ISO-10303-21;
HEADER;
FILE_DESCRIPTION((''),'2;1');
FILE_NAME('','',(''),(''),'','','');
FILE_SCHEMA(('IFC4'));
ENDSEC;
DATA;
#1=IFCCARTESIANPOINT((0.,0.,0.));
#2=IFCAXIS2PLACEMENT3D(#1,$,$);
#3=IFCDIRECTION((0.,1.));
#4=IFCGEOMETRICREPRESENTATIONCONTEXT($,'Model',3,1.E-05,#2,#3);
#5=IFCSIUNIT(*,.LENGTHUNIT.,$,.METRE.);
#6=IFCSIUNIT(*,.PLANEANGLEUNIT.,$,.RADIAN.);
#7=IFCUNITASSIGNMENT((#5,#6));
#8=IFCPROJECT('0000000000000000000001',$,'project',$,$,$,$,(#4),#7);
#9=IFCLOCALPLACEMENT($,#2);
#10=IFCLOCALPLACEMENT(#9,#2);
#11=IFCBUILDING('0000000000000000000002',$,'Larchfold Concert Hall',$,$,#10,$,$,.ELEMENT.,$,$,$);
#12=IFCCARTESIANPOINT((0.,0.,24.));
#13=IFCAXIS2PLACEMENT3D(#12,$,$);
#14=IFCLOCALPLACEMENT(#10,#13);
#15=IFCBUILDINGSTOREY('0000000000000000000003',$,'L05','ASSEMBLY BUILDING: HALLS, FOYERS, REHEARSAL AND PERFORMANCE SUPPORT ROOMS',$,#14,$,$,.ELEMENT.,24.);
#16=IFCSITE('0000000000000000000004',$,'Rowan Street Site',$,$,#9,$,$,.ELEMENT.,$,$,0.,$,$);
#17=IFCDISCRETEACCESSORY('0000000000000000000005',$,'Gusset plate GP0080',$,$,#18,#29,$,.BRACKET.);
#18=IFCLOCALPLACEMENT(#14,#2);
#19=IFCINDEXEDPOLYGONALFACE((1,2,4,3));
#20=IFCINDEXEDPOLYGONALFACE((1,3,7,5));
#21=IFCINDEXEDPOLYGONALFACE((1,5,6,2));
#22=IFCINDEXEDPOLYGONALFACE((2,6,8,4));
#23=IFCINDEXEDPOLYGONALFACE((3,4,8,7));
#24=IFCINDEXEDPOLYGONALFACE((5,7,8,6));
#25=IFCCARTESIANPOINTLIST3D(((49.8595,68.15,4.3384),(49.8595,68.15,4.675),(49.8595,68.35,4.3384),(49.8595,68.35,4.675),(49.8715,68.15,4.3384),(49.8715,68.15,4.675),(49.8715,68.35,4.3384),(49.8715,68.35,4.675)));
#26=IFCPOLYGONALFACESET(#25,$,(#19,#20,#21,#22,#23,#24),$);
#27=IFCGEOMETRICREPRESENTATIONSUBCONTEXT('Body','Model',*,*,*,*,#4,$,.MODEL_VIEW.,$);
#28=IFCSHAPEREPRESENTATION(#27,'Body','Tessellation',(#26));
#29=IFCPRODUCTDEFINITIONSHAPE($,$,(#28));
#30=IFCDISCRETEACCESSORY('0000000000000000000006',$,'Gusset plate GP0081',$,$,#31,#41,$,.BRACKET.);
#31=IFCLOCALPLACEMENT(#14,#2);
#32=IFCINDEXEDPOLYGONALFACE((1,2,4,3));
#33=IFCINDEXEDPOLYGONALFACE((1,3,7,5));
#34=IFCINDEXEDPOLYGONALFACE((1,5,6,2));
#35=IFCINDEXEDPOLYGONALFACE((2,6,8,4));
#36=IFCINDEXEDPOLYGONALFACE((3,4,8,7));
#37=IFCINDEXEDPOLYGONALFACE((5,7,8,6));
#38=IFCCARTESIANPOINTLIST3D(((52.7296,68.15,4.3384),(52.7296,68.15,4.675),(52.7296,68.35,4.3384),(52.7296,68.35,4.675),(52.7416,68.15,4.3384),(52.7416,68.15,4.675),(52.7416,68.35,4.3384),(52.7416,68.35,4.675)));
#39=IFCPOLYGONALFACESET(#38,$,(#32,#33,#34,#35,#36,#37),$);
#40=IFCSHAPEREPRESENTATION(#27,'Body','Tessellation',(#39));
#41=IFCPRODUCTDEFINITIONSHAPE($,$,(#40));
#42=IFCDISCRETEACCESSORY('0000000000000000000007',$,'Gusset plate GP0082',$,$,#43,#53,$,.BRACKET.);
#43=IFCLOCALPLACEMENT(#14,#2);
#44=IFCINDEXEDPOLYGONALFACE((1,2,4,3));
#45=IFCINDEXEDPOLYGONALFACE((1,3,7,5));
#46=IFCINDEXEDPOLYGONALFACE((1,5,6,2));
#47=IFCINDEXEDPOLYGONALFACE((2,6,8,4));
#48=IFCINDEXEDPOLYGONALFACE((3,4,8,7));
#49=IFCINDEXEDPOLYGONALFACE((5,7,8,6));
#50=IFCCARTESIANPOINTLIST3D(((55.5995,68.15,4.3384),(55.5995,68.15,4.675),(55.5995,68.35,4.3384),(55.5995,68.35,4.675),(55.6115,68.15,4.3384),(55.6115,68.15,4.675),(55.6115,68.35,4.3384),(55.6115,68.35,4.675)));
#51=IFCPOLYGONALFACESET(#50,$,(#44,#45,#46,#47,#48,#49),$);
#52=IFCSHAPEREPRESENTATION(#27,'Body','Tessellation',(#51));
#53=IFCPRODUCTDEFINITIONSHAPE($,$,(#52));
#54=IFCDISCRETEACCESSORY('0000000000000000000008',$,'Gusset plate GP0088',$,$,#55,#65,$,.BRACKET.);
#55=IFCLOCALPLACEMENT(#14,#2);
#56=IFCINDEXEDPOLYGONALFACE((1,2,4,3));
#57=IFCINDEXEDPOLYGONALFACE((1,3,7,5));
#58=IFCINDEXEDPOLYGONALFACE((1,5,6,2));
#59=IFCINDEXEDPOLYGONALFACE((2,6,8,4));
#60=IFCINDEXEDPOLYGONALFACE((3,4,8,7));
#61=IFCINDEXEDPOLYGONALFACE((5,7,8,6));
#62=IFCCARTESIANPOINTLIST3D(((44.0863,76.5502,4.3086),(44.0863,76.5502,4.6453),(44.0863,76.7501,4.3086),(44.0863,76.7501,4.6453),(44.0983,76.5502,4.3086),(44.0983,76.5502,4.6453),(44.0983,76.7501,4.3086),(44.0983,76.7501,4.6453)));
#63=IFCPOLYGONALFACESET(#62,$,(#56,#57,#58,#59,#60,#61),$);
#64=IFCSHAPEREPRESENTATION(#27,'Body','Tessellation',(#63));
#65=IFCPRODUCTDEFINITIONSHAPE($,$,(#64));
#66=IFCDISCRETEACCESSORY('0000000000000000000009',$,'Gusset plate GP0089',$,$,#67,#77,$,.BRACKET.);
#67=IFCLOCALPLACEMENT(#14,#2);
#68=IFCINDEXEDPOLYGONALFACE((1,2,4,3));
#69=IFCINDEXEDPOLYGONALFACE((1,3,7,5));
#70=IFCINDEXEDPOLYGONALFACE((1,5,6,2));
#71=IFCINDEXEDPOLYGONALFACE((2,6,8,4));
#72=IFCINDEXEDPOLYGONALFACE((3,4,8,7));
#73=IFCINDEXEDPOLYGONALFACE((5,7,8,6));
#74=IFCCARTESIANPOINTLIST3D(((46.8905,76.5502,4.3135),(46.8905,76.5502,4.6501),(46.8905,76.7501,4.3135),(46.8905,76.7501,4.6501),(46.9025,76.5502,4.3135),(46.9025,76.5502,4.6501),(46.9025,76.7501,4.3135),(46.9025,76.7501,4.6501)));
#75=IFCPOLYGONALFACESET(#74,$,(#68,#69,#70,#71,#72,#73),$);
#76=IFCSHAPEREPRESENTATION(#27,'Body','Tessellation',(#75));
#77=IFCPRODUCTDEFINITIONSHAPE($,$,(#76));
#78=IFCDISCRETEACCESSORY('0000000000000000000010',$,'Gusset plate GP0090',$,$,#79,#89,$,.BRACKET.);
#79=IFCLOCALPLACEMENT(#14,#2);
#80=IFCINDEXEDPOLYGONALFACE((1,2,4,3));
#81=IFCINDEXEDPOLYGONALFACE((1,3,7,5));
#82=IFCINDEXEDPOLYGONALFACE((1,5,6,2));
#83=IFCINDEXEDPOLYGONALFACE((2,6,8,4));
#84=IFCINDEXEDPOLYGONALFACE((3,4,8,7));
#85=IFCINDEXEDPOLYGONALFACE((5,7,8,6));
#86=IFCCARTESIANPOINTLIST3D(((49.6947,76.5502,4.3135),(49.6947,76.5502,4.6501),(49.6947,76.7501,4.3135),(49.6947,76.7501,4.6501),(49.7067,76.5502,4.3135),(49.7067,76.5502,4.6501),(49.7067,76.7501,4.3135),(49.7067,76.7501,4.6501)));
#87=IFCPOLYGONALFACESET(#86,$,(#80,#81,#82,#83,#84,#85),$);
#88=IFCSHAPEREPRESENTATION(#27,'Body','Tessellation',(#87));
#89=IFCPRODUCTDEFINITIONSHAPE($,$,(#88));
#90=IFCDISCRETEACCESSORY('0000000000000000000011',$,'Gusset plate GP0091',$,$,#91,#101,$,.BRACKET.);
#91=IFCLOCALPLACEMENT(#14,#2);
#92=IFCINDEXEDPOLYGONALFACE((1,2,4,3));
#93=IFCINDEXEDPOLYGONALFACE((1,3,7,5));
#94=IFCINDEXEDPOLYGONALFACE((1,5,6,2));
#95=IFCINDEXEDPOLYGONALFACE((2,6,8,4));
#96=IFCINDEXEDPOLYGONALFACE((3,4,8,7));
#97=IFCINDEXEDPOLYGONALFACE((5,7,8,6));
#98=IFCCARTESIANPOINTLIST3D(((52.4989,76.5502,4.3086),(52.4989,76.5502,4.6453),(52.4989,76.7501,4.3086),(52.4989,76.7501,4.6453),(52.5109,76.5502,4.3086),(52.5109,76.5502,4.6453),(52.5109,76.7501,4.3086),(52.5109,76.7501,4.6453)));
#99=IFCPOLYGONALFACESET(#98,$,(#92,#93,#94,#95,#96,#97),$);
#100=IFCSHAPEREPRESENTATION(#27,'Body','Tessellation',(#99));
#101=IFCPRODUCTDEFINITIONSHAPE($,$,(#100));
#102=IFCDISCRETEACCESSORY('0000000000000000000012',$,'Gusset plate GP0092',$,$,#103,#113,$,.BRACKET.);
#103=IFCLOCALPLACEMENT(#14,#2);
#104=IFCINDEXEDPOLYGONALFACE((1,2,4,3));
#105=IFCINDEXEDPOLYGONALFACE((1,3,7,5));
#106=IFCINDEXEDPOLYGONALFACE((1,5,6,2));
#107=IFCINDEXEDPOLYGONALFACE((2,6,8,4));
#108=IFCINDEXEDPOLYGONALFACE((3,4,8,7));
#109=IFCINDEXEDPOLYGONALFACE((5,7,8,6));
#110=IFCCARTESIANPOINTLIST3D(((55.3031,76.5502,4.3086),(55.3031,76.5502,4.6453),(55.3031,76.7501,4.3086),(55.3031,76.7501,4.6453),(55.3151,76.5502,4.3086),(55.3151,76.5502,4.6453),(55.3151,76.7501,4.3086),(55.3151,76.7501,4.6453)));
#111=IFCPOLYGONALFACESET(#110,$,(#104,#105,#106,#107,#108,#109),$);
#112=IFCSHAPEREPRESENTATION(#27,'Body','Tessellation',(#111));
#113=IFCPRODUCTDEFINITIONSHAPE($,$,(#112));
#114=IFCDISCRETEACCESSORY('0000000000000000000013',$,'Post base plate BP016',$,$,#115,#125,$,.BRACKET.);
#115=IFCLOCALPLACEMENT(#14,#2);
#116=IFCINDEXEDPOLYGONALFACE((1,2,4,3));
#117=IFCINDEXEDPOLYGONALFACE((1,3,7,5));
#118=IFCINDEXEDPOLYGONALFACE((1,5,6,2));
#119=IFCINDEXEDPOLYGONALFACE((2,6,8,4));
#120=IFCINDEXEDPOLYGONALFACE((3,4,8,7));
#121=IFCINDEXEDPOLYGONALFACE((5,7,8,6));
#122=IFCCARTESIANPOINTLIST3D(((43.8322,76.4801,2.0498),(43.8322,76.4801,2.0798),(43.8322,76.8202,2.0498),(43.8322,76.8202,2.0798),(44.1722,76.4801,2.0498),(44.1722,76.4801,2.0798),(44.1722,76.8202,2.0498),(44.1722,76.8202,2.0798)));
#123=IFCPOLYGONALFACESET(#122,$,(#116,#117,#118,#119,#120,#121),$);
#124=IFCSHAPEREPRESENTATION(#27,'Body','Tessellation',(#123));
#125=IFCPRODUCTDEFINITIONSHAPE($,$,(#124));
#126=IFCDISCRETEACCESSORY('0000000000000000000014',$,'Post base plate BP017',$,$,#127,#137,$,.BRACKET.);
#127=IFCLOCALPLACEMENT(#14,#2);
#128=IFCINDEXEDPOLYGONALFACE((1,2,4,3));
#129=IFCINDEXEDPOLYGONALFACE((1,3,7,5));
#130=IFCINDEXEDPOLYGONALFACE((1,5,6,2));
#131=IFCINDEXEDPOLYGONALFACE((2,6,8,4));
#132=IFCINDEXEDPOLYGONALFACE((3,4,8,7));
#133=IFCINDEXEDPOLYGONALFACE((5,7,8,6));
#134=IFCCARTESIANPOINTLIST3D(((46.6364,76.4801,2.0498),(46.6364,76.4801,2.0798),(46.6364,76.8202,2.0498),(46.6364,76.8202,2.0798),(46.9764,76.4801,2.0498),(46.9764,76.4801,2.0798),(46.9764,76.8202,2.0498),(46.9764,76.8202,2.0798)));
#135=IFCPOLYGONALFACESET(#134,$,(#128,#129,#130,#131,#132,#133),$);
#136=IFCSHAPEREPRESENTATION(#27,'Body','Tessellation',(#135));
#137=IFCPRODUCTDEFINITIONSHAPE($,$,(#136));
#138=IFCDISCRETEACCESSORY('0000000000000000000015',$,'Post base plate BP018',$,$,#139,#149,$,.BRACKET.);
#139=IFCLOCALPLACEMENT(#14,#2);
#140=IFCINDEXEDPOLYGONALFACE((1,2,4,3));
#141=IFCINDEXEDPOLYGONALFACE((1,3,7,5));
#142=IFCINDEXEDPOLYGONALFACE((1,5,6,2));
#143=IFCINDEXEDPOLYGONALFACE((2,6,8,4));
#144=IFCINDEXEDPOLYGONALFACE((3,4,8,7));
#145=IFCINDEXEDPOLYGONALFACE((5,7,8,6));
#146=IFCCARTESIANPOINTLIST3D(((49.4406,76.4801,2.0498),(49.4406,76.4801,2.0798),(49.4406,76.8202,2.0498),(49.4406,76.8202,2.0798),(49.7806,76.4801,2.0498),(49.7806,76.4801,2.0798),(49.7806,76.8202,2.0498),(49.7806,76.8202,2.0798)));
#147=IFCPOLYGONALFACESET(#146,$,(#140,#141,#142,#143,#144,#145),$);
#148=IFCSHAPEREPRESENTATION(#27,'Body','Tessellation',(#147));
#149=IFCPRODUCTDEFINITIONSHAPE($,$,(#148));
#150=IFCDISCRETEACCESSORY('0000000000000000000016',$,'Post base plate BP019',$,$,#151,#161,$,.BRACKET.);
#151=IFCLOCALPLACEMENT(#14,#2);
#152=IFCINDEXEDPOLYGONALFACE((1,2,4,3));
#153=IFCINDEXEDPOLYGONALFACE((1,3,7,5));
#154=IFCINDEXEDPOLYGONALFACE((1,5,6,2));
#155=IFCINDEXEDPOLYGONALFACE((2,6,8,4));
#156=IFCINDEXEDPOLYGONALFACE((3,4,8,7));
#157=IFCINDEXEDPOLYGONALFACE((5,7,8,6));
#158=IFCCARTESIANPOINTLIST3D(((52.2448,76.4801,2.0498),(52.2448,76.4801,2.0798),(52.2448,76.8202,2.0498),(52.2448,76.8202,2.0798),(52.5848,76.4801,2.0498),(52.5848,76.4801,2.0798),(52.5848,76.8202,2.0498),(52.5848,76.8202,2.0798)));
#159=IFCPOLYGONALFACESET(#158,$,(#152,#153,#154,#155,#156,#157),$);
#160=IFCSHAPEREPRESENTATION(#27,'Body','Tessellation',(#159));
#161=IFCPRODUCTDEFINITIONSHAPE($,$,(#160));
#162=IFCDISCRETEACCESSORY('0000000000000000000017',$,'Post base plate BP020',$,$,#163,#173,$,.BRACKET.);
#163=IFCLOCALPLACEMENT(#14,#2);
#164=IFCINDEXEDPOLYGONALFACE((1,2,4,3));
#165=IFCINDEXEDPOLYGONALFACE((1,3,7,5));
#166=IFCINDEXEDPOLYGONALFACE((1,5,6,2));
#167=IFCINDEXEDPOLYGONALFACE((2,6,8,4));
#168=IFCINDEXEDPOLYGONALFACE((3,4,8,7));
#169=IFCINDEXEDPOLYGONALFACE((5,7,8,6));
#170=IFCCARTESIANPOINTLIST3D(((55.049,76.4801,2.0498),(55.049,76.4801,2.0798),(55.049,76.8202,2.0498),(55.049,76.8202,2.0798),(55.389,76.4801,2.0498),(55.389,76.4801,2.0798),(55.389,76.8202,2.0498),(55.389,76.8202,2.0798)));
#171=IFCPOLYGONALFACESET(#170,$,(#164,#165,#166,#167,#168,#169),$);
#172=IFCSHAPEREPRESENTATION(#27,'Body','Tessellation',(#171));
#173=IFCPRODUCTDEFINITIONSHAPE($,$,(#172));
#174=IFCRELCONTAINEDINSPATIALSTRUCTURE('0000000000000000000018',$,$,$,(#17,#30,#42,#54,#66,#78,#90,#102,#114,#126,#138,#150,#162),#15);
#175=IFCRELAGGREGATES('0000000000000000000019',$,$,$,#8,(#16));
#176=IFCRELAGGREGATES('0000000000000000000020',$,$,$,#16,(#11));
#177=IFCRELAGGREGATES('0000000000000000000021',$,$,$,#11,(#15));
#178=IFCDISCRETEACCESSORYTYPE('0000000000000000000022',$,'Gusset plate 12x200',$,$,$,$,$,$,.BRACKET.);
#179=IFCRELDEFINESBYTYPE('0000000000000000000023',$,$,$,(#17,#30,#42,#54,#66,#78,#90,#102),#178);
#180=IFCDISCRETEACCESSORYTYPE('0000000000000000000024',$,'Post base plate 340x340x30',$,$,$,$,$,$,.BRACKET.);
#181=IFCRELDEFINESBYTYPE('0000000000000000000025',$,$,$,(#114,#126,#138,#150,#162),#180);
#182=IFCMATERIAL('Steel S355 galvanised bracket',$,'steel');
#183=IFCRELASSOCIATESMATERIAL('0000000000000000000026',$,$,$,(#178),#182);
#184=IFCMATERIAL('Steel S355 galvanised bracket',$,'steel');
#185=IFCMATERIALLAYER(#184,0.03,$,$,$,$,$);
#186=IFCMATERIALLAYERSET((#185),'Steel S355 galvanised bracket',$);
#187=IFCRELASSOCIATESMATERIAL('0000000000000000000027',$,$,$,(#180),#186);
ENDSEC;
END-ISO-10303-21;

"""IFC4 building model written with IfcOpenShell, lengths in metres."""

from ifc_helpers import new_model, si_unit, direction, frame, origin, origin_2d, place, context, subcontext, project, spatial, rectangle, extrude, material, layer, layer_set, material_profile, profile_set, type_object, element, save


model = new_model("IFC4")

# Units and contexts
model_context = context("Model", 3, precision=1e-05, world=origin(), true_north=direction((0.0, 1.0)))
body_context = subcontext(model_context, "Body", "Model", "MODEL_VIEW")
ifc_project = project(units=[si_unit("LENGTHUNIT", "METRE"), si_unit("PLANEANGLEUNIT", "RADIAN")], contexts=[model_context])

# Site, building, storey
site_placement = place(None, origin())
site = spatial("IfcSite", under=ifc_project, at=site_placement, Name="Rowan Street Site", CompositionType="ELEMENT", RefElevation=0.0)
building_placement = place(site_placement, origin())
building = spatial("IfcBuilding", under=site, at=building_placement, Name="Larchfold Concert Hall", CompositionType="ELEMENT")
storey_placement = place(building_placement, frame((0.0, 0.0, 24.0)))
storey = spatial("IfcBuildingStorey", under=building, at=storey_placement, Name="L05", Description="ASSEMBLY BUILDING: HALLS, FOYERS, REHEARSAL AND PERFORMANCE SUPPORT ROOMS", CompositionType="ELEMENT", Elevation=24.0)

# Discrete accessories
ifc_material_1 = material(Name="Steel S355 galvanised bracket", Category="steel")
ifc_material_profile_1 = material_profile(ifc_material_1, rectangle(XDim=0.012, YDim=0.2, at=origin_2d()))
ifc_profile_set_1 = profile_set([ifc_material_profile_1], Name="Steel S355 galvanised bracket")
discrete_accessory_type_1 = type_object("IfcDiscreteAccessoryType", Name="Gusset plate 12x200", PredefinedType="BRACKET", material=ifc_profile_set_1)
for number, where, z_axis, x_axis, name in (
    (1, (49.8655, 68.25, 4.3384), (0.0, 0.0, 1.0), (1.0, 0.0, 0.0), "Gusset plate GP0080"),
    (2, (52.7356, 68.25, 4.3384), (0.0, 0.0, 1.0), (1.0, 0.0, 0.0), "Gusset plate GP0081"),
    (3, (55.6055, 68.25, 4.3384), (0.0, 0.0, 1.0), (1.0, 0.0, 0.0), "Gusset plate GP0082"),
    (4, (44.0923, 76.6501, 4.3086), (0.0, 0.0, 1.0), (1.0, 0.0, 0.0), "Gusset plate GP0088"),
    (5, (46.8965, 76.6501, 4.3135), (0.0, 0.0, 1.0), (1.0, 0.0, 0.0), "Gusset plate GP0089"),
    (6, (49.7007, 76.6501, 4.3135), (0.0, 0.0, 1.0), (1.0, 0.0, 0.0), "Gusset plate GP0090"),
    (7, (52.5049, 76.6501, 4.3086), (0.0, 0.0, 1.0), (1.0, 0.0, 0.0), "Gusset plate GP0091"),
    (8, (55.3091, 76.6501, 4.3086), (0.0, 0.0, 1.0), (1.0, 0.0, 0.0), "Gusset plate GP0092"),
):
    element("IfcDiscreteAccessory", number, at=place(storey_placement, frame(where, z_axis=z_axis, x_axis=x_axis)), inside=storey, type_object=discrete_accessory_type_1, Name=name, PredefinedType="BRACKET", context=body_context, shape_type="SweptSolid", body=[
        extrude(rectangle(XDim=0.012, YDim=0.2, at=origin_2d()), origin(), (0.0, 0.0, 1.0), 0.3367),
    ])
ifc_material_2 = material(Name="Steel S355 galvanised bracket", Category="steel")
ifc_layer_1 = layer(ifc_material_2, 0.03)
ifc_layer_set_1 = layer_set([ifc_layer_1], Name="Steel S355 galvanised bracket")
discrete_accessory_type_2 = type_object("IfcDiscreteAccessoryType", Name="Post base plate 340x340x30", PredefinedType="BRACKET", material=ifc_layer_set_1)
for number, where, z_axis, x_axis, name in (
    (9, (44.0022, 76.6501, 2.0498), (0.0, 0.0, 1.0), (1.0, 0.0, 0.0), "Post base plate BP016"),
    (10, (46.8064, 76.6501, 2.0498), (0.0, 0.0, 1.0), (1.0, 0.0, 0.0), "Post base plate BP017"),
    (11, (49.6106, 76.6501, 2.0498), (0.0, 0.0, 1.0), (1.0, 0.0, 0.0), "Post base plate BP018"),
    (12, (52.4148, 76.6501, 2.0498), (0.0, 0.0, 1.0), (1.0, 0.0, 0.0), "Post base plate BP019"),
    (13, (55.219, 76.6501, 2.0498), (0.0, 0.0, 1.0), (1.0, 0.0, 0.0), "Post base plate BP020"),
):
    element("IfcDiscreteAccessory", number, at=place(storey_placement, frame(where, z_axis=z_axis, x_axis=x_axis)), inside=storey, type_object=discrete_accessory_type_2, Name=name, PredefinedType="BRACKET", context=body_context, shape_type="SweptSolid", body=[
        extrude(rectangle(XDim=0.3401, YDim=0.3401, at=origin_2d()), origin(), (0.0, 0.0, 1.0), 0.03),
    ])

save(model, "model.ifc")
